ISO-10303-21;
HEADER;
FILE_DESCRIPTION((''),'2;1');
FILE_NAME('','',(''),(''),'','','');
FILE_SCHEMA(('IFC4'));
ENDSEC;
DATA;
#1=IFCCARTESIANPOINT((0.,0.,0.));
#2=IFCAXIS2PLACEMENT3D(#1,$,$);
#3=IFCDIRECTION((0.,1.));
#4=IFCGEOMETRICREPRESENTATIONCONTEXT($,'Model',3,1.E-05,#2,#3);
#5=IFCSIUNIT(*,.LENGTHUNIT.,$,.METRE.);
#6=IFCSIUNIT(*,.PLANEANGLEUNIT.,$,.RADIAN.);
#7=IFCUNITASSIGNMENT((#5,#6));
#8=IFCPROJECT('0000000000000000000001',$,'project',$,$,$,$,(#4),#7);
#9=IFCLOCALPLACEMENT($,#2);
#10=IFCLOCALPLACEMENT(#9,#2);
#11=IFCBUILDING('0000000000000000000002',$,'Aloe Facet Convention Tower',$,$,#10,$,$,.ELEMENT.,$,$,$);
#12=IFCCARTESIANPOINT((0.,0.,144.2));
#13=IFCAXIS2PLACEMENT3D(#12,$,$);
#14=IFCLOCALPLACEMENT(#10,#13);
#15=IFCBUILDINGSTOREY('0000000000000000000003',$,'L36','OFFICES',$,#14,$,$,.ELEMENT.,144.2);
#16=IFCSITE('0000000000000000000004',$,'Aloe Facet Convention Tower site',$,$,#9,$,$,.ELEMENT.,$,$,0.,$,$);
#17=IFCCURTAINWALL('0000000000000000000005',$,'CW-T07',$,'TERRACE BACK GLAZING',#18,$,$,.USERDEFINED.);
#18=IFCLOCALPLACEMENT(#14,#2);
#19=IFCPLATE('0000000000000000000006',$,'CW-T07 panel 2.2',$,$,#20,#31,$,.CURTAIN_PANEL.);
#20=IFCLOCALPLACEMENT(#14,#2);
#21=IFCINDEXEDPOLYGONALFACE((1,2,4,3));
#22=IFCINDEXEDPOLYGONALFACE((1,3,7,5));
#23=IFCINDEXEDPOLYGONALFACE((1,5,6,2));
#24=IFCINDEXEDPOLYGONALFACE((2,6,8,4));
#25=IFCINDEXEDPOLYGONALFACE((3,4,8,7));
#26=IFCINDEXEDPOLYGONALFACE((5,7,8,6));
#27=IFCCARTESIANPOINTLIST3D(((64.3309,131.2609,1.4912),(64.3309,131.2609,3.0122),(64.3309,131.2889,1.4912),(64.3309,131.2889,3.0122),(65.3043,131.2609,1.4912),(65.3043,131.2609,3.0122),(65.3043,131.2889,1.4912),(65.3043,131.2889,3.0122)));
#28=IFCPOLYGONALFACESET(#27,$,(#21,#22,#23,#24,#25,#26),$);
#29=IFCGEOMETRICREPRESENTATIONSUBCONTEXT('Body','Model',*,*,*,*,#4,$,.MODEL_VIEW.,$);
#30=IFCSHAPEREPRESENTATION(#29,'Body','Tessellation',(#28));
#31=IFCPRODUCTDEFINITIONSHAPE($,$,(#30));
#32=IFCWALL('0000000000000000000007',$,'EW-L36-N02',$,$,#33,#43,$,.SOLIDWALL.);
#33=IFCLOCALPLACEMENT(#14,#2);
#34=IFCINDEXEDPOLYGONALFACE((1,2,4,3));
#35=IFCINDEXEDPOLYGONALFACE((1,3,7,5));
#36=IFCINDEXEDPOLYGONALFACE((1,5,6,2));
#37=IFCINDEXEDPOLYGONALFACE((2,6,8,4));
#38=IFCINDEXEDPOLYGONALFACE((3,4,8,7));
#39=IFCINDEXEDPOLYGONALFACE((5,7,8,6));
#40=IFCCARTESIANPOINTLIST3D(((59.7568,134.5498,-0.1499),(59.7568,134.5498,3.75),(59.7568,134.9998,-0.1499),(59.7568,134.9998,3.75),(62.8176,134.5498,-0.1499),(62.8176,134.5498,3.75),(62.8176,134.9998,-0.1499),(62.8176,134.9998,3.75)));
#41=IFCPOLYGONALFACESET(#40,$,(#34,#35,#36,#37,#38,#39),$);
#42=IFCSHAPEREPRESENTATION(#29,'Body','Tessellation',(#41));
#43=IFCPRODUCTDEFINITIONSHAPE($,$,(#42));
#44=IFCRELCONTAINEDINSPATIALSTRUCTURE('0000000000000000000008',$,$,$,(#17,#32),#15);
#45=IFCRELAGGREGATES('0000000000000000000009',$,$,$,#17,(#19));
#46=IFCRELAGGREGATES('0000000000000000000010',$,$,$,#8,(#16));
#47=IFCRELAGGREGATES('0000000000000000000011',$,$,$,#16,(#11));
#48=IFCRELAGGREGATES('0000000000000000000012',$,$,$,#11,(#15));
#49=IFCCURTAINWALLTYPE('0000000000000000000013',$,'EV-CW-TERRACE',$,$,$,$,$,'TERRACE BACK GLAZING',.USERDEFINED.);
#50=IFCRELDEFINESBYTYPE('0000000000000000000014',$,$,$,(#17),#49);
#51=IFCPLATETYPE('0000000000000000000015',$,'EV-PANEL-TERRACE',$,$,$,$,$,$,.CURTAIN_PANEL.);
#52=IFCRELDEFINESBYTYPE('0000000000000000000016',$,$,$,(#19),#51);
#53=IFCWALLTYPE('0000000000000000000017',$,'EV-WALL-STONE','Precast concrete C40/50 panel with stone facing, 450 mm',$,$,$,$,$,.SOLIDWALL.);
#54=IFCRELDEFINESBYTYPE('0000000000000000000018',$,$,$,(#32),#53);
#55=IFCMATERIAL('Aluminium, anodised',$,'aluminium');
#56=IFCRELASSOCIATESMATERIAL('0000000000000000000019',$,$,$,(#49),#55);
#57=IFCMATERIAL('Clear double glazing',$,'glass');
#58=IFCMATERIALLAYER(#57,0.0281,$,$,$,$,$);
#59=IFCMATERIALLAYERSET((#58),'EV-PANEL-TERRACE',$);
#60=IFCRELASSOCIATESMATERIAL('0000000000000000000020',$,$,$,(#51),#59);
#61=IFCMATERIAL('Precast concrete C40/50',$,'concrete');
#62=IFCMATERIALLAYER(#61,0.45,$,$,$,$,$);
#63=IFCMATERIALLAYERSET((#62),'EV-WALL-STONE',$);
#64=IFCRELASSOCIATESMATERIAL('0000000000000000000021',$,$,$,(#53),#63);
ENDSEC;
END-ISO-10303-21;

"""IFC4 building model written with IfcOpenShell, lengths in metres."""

from ifc_helpers import new_model, si_unit, direction, frame, origin, origin_2d, place, context, subcontext, project, spatial, polyline, rectangle, outline, extrude, material, layer, layer_set, type_object, element, aggregate, save


model = new_model("IFC4")

# Units and contexts
model_context = context("Model", 3, precision=1e-05, world=origin(), true_north=direction((0.0, 1.0)))
body_context = subcontext(model_context, "Body", "Model", "MODEL_VIEW")
ifc_project = project(units=[si_unit("LENGTHUNIT", "METRE"), si_unit("PLANEANGLEUNIT", "RADIAN")], contexts=[model_context])

# Site, building, storey
site_placement = place(None, origin())
site = spatial("IfcSite", under=ifc_project, at=site_placement, Name="Aloe Facet Convention Tower site", CompositionType="ELEMENT", RefElevation=0.0)
building_placement = place(site_placement, origin())
building = spatial("IfcBuilding", under=site, at=building_placement, Name="Aloe Facet Convention Tower", CompositionType="ELEMENT")
storey_placement = place(building_placement, frame((0.0, 0.0, 144.2)))
storey = spatial("IfcBuildingStorey", under=building, at=storey_placement, Name="L36", Description="OFFICES", CompositionType="ELEMENT", Elevation=144.2)

# Curtain wall
ifc_material_1 = material(Name="Aluminium, anodised", Category="aluminium")
curtain_wall_type = type_object("IfcCurtainWallType", Name="EV-CW-TERRACE", ElementType="TERRACE BACK GLAZING", PredefinedType="USERDEFINED", material=ifc_material_1)
curtain_wall_placement = place(storey_placement, origin())
curtain_wall = element("IfcCurtainWall", 1, at=curtain_wall_placement, inside=storey, type_object=curtain_wall_type, Name="CW-T07", ObjectType="TERRACE BACK GLAZING", PredefinedType="USERDEFINED")

# Plate
ifc_material_2 = material(Name="Clear double glazing", Category="glass")
ifc_layer_1 = layer(ifc_material_2, 0.0281)
ifc_layer_set_1 = layer_set([ifc_layer_1], Name="EV-PANEL-TERRACE")
plate_type = type_object("IfcPlateType", Name="EV-PANEL-TERRACE", PredefinedType="CURTAIN_PANEL", material=ifc_layer_set_1)
plate_1_placement = place(storey_placement, frame((64.8176, 131.2749, 1.4912), z_axis=(0.0, 0.0, 1.0), x_axis=(-1.0, 0.0, 0.0)))
plate_1 = element("IfcPlate", 2, at=plate_1_placement, type_object=plate_type, Name="CW-T07 panel 2.2", PredefinedType="CURTAIN_PANEL", context=body_context, shape_type="SweptSolid", body=[
    extrude(rectangle(XDim=0.9734, YDim=0.0281, at=origin_2d()), origin(), (0.0, 0.0, 1.0), 1.521),
])
aggregate(curtain_wall, [plate_1])

# Wall
ifc_material_3 = material(Name="Precast concrete C40/50", Category="concrete")
ifc_layer_2 = layer(ifc_material_3, 0.45)
ifc_layer_set_2 = layer_set([ifc_layer_2], Name="EV-WALL-STONE")
wall_type = type_object("IfcWallType", Name="EV-WALL-STONE", Description="Precast concrete C40/50 panel with stone facing, 450 mm", PredefinedType="SOLIDWALL", material=ifc_layer_set_2)
wall_placement = place(storey_placement, frame((62.8176, 134.7749, -0.1499), z_axis=(0.0, 0.0, 1.0), x_axis=(-1.0, 0.0, 0.0)))
element("IfcWall", 3, at=wall_placement, inside=storey, type_object=wall_type, Name="EW-L36-N02", PredefinedType="SOLIDWALL", context=body_context, shape_type="SweptSolid", body=[
    extrude(outline(polyline([(3.0608, 3.8999), (3.0608, 0.0), (0.0, 0.0), (0.0, 3.8999), (3.0608, 3.8999)])), frame((0.0, 0.2251, 0.0), z_axis=(0.0, -1.0, 0.0), x_axis=(1.0, 0.0, 0.0)), (0.0, 0.0, 1.0), 0.45),
])

save(model, "model.ifc")
